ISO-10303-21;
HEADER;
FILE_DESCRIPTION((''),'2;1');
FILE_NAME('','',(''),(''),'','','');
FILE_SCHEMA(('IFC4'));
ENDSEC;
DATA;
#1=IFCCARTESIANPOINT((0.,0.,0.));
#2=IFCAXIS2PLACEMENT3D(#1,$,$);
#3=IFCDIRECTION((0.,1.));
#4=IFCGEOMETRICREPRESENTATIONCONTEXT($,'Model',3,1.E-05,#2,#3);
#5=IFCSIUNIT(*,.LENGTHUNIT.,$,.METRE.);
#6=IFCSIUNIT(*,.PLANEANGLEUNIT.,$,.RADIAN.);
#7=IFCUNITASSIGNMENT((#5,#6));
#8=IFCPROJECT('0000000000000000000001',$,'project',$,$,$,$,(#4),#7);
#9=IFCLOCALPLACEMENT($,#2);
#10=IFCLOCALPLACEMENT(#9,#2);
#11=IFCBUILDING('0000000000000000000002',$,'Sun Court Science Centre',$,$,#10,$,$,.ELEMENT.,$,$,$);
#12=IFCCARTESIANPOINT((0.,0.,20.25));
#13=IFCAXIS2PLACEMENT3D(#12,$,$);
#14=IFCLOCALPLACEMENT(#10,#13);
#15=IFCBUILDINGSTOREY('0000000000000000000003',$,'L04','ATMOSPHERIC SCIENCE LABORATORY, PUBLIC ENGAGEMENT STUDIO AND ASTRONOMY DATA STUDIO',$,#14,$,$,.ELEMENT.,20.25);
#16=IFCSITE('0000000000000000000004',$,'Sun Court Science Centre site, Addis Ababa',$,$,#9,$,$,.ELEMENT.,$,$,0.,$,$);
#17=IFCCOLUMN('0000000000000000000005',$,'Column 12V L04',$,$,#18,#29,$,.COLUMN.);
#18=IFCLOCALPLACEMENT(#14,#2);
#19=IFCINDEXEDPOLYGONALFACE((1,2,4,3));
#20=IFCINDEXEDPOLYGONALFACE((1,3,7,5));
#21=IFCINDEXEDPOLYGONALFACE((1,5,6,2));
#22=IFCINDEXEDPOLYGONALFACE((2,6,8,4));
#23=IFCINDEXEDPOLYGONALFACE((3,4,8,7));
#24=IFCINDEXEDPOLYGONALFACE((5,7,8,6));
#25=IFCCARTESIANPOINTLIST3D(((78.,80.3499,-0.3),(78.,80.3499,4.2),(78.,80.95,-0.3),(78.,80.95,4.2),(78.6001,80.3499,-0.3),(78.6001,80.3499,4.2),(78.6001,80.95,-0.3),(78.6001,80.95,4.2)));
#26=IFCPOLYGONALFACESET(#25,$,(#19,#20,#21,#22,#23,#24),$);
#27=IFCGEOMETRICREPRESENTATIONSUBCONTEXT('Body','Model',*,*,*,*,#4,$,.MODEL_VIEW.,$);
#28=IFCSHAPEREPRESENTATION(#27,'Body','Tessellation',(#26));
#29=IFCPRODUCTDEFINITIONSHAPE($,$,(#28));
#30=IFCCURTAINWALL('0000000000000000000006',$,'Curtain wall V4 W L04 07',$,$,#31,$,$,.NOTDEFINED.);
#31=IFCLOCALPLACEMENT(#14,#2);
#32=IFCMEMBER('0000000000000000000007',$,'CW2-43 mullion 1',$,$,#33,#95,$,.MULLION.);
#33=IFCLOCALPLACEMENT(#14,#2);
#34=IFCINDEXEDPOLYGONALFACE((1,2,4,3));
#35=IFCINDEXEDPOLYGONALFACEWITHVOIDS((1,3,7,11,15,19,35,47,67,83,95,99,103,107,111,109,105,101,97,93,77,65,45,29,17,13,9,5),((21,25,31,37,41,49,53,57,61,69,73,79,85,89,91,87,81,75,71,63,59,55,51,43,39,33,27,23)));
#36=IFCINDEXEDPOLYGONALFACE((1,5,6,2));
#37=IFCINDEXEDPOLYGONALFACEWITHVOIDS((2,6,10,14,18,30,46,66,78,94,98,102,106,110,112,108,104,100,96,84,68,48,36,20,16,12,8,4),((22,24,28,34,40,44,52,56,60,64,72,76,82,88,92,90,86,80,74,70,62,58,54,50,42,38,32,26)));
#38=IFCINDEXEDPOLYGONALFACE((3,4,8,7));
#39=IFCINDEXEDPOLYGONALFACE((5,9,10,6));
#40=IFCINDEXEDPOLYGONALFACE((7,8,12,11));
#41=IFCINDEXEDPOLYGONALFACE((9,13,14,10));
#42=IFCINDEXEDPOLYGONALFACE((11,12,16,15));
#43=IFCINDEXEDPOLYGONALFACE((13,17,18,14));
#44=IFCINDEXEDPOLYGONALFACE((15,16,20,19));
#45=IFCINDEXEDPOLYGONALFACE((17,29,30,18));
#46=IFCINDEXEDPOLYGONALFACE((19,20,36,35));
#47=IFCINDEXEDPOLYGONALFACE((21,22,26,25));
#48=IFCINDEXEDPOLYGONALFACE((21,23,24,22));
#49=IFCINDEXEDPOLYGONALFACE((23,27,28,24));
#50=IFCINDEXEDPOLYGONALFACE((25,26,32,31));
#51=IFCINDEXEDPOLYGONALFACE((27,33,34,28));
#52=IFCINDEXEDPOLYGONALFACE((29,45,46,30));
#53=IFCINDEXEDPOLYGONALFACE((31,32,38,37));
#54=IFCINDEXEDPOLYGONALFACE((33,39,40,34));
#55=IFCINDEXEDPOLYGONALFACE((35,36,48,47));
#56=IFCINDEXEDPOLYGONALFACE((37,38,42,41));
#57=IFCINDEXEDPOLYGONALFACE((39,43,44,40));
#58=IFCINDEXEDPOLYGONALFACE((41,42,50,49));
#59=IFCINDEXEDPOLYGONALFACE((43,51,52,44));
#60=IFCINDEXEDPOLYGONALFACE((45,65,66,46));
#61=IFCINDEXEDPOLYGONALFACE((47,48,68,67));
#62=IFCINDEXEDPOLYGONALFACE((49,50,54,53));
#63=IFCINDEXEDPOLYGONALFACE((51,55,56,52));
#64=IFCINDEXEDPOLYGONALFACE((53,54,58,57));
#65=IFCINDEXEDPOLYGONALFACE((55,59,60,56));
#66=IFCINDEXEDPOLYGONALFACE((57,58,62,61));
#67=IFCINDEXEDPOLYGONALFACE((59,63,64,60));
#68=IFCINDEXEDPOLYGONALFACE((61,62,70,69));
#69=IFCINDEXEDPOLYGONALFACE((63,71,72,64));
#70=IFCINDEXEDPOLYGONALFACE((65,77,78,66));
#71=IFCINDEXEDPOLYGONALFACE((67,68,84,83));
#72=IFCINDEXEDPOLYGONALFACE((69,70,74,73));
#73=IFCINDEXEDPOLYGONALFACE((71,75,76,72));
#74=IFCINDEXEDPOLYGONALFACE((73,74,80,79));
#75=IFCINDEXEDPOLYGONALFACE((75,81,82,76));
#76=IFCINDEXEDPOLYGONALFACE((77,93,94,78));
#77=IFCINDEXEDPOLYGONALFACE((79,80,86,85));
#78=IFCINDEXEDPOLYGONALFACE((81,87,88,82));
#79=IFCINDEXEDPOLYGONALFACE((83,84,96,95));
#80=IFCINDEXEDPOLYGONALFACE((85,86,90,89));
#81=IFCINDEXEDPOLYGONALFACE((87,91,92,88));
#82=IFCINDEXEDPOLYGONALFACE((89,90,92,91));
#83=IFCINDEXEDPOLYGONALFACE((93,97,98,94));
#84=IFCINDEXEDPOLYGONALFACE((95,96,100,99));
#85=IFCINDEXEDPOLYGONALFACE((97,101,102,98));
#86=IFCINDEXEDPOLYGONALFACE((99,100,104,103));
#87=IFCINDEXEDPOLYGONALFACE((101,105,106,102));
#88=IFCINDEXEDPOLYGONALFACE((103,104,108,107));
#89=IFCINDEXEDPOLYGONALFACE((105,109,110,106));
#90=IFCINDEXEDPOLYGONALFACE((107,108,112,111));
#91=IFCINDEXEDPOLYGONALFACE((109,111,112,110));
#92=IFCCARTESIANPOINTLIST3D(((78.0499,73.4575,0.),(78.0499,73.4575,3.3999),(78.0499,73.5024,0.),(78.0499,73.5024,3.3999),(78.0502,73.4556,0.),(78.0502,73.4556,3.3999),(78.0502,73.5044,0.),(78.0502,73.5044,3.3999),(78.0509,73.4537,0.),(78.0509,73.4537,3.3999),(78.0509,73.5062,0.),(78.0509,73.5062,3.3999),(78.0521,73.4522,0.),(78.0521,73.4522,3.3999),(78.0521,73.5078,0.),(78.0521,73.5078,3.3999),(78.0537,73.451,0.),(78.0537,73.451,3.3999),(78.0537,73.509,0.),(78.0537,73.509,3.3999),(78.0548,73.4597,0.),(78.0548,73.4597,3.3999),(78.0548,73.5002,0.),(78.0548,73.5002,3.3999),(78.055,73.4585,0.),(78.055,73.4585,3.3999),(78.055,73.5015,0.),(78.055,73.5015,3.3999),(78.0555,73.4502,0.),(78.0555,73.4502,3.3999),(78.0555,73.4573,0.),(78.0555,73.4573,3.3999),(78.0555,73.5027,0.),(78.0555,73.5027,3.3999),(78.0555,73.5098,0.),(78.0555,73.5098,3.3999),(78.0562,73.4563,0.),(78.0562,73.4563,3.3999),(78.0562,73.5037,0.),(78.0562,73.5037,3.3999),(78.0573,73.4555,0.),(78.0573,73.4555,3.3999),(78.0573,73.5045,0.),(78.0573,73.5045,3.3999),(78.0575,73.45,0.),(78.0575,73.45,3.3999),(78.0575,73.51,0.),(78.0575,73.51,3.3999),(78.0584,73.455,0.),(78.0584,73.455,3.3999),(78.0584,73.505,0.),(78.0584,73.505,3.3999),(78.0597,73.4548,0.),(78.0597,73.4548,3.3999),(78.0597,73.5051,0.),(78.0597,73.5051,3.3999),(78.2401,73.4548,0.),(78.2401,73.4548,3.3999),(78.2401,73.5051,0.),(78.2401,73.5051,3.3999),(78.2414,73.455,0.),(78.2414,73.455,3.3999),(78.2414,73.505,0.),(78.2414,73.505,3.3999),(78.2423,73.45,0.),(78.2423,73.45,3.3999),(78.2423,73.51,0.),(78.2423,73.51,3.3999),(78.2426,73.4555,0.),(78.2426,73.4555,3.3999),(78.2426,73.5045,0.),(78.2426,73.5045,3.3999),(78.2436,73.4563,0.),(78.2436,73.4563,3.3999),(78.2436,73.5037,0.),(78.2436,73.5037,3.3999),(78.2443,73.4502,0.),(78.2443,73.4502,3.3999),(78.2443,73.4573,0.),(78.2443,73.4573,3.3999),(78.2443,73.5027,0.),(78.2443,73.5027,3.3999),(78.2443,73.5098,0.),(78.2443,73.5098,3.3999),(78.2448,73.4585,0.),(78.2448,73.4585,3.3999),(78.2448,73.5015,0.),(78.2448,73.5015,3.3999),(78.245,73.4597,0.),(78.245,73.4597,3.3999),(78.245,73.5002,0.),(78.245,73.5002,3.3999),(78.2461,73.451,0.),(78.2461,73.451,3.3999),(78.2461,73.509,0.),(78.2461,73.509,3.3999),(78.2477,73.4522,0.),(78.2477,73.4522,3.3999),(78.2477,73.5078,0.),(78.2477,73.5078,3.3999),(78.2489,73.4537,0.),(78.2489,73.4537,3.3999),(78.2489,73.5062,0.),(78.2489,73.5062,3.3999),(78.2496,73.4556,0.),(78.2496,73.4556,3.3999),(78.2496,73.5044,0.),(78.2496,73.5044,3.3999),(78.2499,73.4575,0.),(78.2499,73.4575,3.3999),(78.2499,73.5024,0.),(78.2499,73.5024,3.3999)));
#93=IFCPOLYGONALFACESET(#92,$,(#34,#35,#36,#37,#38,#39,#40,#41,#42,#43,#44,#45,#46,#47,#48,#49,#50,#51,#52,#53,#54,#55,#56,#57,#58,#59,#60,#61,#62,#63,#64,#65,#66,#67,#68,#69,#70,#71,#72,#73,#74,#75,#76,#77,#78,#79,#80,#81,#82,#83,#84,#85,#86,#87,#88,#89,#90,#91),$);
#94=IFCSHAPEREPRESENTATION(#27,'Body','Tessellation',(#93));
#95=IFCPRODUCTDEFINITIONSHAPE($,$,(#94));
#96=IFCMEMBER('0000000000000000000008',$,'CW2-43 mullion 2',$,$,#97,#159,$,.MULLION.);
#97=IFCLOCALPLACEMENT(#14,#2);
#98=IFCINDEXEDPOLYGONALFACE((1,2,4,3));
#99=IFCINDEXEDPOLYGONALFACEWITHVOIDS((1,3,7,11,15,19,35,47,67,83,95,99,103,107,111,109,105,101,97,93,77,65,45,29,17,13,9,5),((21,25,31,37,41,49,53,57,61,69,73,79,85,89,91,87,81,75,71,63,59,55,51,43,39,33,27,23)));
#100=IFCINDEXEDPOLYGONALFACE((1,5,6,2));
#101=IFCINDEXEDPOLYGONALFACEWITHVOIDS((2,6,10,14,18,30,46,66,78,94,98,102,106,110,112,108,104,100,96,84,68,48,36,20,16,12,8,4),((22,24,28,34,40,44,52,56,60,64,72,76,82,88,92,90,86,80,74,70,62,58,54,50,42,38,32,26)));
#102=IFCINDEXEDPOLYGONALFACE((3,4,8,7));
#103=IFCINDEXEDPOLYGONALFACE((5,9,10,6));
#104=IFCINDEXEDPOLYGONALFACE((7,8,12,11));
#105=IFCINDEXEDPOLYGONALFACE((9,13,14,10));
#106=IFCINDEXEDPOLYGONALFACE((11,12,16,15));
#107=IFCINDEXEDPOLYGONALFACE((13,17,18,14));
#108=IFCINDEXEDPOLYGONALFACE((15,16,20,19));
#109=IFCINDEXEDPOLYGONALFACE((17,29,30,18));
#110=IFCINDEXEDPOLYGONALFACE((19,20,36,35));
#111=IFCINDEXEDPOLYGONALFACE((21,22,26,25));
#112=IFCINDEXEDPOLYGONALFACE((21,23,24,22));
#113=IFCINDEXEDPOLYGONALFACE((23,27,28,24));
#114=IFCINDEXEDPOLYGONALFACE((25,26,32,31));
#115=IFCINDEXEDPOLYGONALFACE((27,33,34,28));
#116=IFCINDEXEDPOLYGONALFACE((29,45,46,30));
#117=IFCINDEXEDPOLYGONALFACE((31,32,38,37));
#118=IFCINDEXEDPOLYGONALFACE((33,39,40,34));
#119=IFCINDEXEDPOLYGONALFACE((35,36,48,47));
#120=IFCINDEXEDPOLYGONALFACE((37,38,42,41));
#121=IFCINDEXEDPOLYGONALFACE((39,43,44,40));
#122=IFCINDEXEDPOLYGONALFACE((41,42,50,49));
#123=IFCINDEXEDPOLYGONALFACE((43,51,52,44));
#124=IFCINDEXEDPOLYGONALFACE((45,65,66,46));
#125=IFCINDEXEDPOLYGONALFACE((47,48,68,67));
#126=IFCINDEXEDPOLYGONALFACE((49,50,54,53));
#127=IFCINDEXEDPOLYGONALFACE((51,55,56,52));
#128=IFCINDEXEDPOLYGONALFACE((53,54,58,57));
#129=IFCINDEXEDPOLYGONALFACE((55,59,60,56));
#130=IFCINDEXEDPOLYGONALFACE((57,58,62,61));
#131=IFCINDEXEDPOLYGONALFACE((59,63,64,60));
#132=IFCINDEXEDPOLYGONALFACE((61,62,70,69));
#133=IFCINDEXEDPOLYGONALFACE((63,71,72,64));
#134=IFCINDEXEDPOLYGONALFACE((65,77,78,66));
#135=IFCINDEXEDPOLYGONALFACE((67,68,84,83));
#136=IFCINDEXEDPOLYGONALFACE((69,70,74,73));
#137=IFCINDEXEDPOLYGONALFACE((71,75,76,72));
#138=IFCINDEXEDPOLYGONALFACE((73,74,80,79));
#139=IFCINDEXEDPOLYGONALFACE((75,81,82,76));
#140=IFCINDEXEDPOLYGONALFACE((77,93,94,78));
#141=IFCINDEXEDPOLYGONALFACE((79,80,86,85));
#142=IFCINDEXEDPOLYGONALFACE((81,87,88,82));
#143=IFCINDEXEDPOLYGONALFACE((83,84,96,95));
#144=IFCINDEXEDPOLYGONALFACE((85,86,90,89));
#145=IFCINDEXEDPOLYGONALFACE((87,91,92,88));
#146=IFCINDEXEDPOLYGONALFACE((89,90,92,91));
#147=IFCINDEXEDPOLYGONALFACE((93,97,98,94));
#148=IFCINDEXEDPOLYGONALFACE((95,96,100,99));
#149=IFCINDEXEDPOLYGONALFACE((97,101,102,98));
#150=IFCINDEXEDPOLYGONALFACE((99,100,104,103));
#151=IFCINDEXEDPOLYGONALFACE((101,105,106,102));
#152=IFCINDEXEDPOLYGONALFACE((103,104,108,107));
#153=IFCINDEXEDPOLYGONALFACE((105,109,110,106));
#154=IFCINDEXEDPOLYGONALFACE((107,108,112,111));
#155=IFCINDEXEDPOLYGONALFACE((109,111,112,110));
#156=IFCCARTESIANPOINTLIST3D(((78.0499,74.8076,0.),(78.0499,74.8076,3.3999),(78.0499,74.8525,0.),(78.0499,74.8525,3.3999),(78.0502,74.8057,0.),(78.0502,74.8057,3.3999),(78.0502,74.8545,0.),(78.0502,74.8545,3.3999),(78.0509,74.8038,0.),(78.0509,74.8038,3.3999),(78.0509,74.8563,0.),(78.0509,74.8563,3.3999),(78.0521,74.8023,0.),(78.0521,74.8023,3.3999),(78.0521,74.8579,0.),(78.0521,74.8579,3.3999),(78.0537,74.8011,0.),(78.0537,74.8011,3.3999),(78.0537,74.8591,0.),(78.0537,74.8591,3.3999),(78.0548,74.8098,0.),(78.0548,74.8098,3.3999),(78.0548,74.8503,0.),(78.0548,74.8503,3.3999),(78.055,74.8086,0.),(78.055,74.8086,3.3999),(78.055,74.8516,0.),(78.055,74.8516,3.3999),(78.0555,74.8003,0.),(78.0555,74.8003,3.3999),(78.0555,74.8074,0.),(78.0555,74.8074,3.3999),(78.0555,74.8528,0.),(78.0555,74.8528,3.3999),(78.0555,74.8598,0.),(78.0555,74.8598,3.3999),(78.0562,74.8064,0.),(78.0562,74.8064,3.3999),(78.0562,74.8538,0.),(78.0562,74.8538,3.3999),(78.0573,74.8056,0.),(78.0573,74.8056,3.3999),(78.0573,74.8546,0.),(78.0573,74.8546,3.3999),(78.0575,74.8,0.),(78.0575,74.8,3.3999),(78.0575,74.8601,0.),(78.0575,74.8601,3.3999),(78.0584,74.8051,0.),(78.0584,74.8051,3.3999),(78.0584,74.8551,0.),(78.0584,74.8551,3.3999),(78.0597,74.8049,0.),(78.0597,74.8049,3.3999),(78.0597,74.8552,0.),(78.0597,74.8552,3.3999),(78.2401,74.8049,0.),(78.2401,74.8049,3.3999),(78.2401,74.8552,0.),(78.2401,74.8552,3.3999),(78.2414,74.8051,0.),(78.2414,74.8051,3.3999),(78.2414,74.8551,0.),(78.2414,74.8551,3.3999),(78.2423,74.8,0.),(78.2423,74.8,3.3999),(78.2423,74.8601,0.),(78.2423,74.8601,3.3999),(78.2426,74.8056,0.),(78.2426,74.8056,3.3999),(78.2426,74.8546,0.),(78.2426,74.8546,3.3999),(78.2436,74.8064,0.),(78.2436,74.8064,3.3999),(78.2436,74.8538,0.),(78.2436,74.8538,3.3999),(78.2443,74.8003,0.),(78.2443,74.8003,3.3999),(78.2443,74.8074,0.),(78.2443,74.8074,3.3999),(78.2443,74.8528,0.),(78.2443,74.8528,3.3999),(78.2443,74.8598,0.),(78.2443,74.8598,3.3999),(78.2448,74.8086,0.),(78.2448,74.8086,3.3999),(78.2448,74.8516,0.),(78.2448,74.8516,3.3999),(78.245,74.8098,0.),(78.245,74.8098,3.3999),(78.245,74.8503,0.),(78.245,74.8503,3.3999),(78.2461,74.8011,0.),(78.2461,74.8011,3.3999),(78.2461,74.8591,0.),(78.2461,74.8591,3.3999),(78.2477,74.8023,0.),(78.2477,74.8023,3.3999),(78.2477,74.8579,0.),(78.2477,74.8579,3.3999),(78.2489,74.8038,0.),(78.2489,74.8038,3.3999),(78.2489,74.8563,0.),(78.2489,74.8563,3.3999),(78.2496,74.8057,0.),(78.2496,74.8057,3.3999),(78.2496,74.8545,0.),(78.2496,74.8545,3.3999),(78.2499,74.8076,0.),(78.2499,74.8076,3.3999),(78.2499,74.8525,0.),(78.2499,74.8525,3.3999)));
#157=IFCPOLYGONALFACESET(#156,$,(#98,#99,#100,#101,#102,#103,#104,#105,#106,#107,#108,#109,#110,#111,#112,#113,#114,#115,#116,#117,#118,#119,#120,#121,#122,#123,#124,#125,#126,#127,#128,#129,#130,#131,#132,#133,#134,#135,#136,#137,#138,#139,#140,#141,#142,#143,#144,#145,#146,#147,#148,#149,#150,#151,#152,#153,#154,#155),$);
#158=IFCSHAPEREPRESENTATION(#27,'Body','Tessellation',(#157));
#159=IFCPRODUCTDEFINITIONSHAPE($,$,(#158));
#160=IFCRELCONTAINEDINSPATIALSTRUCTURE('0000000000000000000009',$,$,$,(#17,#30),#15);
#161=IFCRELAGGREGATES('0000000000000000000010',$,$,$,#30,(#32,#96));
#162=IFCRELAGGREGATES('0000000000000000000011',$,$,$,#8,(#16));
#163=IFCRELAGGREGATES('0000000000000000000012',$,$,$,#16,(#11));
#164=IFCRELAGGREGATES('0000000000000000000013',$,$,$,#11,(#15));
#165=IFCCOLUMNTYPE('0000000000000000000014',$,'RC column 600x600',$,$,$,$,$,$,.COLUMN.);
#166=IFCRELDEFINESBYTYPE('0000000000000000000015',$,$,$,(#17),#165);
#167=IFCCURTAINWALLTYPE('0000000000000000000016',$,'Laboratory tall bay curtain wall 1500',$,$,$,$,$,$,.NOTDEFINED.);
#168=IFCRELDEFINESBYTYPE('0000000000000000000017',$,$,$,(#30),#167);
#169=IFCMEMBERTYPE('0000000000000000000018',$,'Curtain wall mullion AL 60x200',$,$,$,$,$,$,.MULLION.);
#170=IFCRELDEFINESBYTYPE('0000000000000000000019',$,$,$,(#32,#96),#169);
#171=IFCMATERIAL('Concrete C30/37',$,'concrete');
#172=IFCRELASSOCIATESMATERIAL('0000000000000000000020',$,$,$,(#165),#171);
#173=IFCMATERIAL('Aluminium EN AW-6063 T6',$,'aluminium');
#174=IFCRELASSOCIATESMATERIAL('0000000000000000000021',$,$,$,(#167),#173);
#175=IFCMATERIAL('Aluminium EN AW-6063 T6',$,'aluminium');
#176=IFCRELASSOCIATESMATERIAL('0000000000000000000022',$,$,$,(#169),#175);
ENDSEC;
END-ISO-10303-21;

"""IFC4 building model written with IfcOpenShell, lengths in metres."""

from ifc_helpers import new_model, si_unit, direction, frame, origin, origin_2d, place, context, subcontext, project, spatial, rectangle, hollow_rectangle, extrude, material, material_profile, profile_set, type_object, element, aggregate, save


model = new_model("IFC4")

# Units and contexts
model_context = context("Model", 3, precision=1e-05, world=origin(), true_north=direction((0.0, 1.0)))
body_context = subcontext(model_context, "Body", "Model", "MODEL_VIEW")
ifc_project = project(units=[si_unit("LENGTHUNIT", "METRE"), si_unit("PLANEANGLEUNIT", "RADIAN")], contexts=[model_context])

# Site, building, storey
site_placement = place(None, origin())
site = spatial("IfcSite", under=ifc_project, at=site_placement, Name="Sun Court Science Centre site, Addis Ababa", CompositionType="ELEMENT", RefElevation=0.0)
building_placement = place(site_placement, origin())
building = spatial("IfcBuilding", under=site, at=building_placement, Name="Sun Court Science Centre", CompositionType="ELEMENT")
storey_placement = place(building_placement, frame((0.0, 0.0, 20.25)))
storey = spatial("IfcBuildingStorey", under=building, at=storey_placement, Name="L04", Description="ATMOSPHERIC SCIENCE LABORATORY, PUBLIC ENGAGEMENT STUDIO AND ASTRONOMY DATA STUDIO", CompositionType="ELEMENT", Elevation=20.25)

# Column
ifc_material_1 = material(Name="Concrete C30/37", Category="concrete")
ifc_material_profile_1 = material_profile(ifc_material_1, rectangle(XDim=0.6001, YDim=0.6001, at=origin_2d()), Name="RC 600x600")
ifc_profile_set_1 = profile_set([ifc_material_profile_1], Name="Concrete C30/37")
column_type = type_object("IfcColumnType", Name="RC column 600x600", PredefinedType="COLUMN", material=ifc_profile_set_1)
column_placement = place(storey_placement, frame((78.3, 80.6499, -0.3), z_axis=(0.0, 0.0, 1.0), x_axis=(1.0, 0.0, 0.0)))
element("IfcColumn", 1, at=column_placement, inside=storey, type_object=column_type, Name="Column 12V L04", PredefinedType="COLUMN", context=body_context, shape_type="SweptSolid", body=[
    extrude(rectangle(XDim=0.6001, YDim=0.6001, at=origin_2d()), origin(), (0.0, 0.0, 1.0), 4.5),
])

# Curtain wall, members
ifc_material_2 = material(Name="Aluminium EN AW-6063 T6", Category="aluminium")
curtain_wall_type = type_object("IfcCurtainWallType", Name="Laboratory tall bay curtain wall 1500", PredefinedType="NOTDEFINED", material=ifc_material_2)
curtain_wall_1_placement = place(storey_placement, origin())
curtain_wall_1 = element("IfcCurtainWall", 2, at=curtain_wall_1_placement, inside=storey, type_object=curtain_wall_type, Name="Curtain wall V4 W L04 07", PredefinedType="NOTDEFINED")
ifc_material_3 = material(Name="Aluminium EN AW-6063 T6", Category="aluminium")
ifc_material_profile_2 = material_profile(ifc_material_3, hollow_rectangle(XDim=0.0601, YDim=0.2, WallThickness=0.0049, InnerFilletRadius=0.0049, OuterFilletRadius=0.0076, at=origin_2d()), Name="AL 60x200x5")
ifc_profile_set_2 = profile_set([ifc_material_profile_2], Name="Aluminium EN AW-6063 T6")
member_type_1 = type_object("IfcMemberType", Name="Curtain wall mullion AL 60x200", PredefinedType="MULLION", material=ifc_profile_set_2)
member_1_placement = place(storey_placement, frame((78.1499, 73.48, 0.0), z_axis=(0.0, 0.0, 1.0), x_axis=(0.0, 1.0, 0.0)))
member_1 = element("IfcMember", 3, at=member_1_placement, type_object=member_type_1, Name="CW2-43 mullion 1", PredefinedType="MULLION", context=body_context, shape_type="SweptSolid", body=[
    extrude(hollow_rectangle(XDim=0.0601, YDim=0.2, WallThickness=0.0049, InnerFilletRadius=0.0049, OuterFilletRadius=0.0076, at=origin_2d()), origin(), (0.0, 0.0, 1.0), 3.3999),
])
member_2_placement = place(storey_placement, frame((78.1499, 74.8301, 0.0), z_axis=(0.0, 0.0, 1.0), x_axis=(0.0, 1.0, 0.0)))
member_2 = element("IfcMember", 4, at=member_2_placement, type_object=member_type_1, Name="CW2-43 mullion 2", PredefinedType="MULLION", context=body_context, shape_type="SweptSolid", body=[
    extrude(hollow_rectangle(XDim=0.0601, YDim=0.2, WallThickness=0.0049, InnerFilletRadius=0.0049, OuterFilletRadius=0.0076, at=origin_2d()), origin(), (0.0, 0.0, 1.0), 3.3999),
])

aggregate(curtain_wall_1, [member_1, member_2])

save(model, "model.ifc")
